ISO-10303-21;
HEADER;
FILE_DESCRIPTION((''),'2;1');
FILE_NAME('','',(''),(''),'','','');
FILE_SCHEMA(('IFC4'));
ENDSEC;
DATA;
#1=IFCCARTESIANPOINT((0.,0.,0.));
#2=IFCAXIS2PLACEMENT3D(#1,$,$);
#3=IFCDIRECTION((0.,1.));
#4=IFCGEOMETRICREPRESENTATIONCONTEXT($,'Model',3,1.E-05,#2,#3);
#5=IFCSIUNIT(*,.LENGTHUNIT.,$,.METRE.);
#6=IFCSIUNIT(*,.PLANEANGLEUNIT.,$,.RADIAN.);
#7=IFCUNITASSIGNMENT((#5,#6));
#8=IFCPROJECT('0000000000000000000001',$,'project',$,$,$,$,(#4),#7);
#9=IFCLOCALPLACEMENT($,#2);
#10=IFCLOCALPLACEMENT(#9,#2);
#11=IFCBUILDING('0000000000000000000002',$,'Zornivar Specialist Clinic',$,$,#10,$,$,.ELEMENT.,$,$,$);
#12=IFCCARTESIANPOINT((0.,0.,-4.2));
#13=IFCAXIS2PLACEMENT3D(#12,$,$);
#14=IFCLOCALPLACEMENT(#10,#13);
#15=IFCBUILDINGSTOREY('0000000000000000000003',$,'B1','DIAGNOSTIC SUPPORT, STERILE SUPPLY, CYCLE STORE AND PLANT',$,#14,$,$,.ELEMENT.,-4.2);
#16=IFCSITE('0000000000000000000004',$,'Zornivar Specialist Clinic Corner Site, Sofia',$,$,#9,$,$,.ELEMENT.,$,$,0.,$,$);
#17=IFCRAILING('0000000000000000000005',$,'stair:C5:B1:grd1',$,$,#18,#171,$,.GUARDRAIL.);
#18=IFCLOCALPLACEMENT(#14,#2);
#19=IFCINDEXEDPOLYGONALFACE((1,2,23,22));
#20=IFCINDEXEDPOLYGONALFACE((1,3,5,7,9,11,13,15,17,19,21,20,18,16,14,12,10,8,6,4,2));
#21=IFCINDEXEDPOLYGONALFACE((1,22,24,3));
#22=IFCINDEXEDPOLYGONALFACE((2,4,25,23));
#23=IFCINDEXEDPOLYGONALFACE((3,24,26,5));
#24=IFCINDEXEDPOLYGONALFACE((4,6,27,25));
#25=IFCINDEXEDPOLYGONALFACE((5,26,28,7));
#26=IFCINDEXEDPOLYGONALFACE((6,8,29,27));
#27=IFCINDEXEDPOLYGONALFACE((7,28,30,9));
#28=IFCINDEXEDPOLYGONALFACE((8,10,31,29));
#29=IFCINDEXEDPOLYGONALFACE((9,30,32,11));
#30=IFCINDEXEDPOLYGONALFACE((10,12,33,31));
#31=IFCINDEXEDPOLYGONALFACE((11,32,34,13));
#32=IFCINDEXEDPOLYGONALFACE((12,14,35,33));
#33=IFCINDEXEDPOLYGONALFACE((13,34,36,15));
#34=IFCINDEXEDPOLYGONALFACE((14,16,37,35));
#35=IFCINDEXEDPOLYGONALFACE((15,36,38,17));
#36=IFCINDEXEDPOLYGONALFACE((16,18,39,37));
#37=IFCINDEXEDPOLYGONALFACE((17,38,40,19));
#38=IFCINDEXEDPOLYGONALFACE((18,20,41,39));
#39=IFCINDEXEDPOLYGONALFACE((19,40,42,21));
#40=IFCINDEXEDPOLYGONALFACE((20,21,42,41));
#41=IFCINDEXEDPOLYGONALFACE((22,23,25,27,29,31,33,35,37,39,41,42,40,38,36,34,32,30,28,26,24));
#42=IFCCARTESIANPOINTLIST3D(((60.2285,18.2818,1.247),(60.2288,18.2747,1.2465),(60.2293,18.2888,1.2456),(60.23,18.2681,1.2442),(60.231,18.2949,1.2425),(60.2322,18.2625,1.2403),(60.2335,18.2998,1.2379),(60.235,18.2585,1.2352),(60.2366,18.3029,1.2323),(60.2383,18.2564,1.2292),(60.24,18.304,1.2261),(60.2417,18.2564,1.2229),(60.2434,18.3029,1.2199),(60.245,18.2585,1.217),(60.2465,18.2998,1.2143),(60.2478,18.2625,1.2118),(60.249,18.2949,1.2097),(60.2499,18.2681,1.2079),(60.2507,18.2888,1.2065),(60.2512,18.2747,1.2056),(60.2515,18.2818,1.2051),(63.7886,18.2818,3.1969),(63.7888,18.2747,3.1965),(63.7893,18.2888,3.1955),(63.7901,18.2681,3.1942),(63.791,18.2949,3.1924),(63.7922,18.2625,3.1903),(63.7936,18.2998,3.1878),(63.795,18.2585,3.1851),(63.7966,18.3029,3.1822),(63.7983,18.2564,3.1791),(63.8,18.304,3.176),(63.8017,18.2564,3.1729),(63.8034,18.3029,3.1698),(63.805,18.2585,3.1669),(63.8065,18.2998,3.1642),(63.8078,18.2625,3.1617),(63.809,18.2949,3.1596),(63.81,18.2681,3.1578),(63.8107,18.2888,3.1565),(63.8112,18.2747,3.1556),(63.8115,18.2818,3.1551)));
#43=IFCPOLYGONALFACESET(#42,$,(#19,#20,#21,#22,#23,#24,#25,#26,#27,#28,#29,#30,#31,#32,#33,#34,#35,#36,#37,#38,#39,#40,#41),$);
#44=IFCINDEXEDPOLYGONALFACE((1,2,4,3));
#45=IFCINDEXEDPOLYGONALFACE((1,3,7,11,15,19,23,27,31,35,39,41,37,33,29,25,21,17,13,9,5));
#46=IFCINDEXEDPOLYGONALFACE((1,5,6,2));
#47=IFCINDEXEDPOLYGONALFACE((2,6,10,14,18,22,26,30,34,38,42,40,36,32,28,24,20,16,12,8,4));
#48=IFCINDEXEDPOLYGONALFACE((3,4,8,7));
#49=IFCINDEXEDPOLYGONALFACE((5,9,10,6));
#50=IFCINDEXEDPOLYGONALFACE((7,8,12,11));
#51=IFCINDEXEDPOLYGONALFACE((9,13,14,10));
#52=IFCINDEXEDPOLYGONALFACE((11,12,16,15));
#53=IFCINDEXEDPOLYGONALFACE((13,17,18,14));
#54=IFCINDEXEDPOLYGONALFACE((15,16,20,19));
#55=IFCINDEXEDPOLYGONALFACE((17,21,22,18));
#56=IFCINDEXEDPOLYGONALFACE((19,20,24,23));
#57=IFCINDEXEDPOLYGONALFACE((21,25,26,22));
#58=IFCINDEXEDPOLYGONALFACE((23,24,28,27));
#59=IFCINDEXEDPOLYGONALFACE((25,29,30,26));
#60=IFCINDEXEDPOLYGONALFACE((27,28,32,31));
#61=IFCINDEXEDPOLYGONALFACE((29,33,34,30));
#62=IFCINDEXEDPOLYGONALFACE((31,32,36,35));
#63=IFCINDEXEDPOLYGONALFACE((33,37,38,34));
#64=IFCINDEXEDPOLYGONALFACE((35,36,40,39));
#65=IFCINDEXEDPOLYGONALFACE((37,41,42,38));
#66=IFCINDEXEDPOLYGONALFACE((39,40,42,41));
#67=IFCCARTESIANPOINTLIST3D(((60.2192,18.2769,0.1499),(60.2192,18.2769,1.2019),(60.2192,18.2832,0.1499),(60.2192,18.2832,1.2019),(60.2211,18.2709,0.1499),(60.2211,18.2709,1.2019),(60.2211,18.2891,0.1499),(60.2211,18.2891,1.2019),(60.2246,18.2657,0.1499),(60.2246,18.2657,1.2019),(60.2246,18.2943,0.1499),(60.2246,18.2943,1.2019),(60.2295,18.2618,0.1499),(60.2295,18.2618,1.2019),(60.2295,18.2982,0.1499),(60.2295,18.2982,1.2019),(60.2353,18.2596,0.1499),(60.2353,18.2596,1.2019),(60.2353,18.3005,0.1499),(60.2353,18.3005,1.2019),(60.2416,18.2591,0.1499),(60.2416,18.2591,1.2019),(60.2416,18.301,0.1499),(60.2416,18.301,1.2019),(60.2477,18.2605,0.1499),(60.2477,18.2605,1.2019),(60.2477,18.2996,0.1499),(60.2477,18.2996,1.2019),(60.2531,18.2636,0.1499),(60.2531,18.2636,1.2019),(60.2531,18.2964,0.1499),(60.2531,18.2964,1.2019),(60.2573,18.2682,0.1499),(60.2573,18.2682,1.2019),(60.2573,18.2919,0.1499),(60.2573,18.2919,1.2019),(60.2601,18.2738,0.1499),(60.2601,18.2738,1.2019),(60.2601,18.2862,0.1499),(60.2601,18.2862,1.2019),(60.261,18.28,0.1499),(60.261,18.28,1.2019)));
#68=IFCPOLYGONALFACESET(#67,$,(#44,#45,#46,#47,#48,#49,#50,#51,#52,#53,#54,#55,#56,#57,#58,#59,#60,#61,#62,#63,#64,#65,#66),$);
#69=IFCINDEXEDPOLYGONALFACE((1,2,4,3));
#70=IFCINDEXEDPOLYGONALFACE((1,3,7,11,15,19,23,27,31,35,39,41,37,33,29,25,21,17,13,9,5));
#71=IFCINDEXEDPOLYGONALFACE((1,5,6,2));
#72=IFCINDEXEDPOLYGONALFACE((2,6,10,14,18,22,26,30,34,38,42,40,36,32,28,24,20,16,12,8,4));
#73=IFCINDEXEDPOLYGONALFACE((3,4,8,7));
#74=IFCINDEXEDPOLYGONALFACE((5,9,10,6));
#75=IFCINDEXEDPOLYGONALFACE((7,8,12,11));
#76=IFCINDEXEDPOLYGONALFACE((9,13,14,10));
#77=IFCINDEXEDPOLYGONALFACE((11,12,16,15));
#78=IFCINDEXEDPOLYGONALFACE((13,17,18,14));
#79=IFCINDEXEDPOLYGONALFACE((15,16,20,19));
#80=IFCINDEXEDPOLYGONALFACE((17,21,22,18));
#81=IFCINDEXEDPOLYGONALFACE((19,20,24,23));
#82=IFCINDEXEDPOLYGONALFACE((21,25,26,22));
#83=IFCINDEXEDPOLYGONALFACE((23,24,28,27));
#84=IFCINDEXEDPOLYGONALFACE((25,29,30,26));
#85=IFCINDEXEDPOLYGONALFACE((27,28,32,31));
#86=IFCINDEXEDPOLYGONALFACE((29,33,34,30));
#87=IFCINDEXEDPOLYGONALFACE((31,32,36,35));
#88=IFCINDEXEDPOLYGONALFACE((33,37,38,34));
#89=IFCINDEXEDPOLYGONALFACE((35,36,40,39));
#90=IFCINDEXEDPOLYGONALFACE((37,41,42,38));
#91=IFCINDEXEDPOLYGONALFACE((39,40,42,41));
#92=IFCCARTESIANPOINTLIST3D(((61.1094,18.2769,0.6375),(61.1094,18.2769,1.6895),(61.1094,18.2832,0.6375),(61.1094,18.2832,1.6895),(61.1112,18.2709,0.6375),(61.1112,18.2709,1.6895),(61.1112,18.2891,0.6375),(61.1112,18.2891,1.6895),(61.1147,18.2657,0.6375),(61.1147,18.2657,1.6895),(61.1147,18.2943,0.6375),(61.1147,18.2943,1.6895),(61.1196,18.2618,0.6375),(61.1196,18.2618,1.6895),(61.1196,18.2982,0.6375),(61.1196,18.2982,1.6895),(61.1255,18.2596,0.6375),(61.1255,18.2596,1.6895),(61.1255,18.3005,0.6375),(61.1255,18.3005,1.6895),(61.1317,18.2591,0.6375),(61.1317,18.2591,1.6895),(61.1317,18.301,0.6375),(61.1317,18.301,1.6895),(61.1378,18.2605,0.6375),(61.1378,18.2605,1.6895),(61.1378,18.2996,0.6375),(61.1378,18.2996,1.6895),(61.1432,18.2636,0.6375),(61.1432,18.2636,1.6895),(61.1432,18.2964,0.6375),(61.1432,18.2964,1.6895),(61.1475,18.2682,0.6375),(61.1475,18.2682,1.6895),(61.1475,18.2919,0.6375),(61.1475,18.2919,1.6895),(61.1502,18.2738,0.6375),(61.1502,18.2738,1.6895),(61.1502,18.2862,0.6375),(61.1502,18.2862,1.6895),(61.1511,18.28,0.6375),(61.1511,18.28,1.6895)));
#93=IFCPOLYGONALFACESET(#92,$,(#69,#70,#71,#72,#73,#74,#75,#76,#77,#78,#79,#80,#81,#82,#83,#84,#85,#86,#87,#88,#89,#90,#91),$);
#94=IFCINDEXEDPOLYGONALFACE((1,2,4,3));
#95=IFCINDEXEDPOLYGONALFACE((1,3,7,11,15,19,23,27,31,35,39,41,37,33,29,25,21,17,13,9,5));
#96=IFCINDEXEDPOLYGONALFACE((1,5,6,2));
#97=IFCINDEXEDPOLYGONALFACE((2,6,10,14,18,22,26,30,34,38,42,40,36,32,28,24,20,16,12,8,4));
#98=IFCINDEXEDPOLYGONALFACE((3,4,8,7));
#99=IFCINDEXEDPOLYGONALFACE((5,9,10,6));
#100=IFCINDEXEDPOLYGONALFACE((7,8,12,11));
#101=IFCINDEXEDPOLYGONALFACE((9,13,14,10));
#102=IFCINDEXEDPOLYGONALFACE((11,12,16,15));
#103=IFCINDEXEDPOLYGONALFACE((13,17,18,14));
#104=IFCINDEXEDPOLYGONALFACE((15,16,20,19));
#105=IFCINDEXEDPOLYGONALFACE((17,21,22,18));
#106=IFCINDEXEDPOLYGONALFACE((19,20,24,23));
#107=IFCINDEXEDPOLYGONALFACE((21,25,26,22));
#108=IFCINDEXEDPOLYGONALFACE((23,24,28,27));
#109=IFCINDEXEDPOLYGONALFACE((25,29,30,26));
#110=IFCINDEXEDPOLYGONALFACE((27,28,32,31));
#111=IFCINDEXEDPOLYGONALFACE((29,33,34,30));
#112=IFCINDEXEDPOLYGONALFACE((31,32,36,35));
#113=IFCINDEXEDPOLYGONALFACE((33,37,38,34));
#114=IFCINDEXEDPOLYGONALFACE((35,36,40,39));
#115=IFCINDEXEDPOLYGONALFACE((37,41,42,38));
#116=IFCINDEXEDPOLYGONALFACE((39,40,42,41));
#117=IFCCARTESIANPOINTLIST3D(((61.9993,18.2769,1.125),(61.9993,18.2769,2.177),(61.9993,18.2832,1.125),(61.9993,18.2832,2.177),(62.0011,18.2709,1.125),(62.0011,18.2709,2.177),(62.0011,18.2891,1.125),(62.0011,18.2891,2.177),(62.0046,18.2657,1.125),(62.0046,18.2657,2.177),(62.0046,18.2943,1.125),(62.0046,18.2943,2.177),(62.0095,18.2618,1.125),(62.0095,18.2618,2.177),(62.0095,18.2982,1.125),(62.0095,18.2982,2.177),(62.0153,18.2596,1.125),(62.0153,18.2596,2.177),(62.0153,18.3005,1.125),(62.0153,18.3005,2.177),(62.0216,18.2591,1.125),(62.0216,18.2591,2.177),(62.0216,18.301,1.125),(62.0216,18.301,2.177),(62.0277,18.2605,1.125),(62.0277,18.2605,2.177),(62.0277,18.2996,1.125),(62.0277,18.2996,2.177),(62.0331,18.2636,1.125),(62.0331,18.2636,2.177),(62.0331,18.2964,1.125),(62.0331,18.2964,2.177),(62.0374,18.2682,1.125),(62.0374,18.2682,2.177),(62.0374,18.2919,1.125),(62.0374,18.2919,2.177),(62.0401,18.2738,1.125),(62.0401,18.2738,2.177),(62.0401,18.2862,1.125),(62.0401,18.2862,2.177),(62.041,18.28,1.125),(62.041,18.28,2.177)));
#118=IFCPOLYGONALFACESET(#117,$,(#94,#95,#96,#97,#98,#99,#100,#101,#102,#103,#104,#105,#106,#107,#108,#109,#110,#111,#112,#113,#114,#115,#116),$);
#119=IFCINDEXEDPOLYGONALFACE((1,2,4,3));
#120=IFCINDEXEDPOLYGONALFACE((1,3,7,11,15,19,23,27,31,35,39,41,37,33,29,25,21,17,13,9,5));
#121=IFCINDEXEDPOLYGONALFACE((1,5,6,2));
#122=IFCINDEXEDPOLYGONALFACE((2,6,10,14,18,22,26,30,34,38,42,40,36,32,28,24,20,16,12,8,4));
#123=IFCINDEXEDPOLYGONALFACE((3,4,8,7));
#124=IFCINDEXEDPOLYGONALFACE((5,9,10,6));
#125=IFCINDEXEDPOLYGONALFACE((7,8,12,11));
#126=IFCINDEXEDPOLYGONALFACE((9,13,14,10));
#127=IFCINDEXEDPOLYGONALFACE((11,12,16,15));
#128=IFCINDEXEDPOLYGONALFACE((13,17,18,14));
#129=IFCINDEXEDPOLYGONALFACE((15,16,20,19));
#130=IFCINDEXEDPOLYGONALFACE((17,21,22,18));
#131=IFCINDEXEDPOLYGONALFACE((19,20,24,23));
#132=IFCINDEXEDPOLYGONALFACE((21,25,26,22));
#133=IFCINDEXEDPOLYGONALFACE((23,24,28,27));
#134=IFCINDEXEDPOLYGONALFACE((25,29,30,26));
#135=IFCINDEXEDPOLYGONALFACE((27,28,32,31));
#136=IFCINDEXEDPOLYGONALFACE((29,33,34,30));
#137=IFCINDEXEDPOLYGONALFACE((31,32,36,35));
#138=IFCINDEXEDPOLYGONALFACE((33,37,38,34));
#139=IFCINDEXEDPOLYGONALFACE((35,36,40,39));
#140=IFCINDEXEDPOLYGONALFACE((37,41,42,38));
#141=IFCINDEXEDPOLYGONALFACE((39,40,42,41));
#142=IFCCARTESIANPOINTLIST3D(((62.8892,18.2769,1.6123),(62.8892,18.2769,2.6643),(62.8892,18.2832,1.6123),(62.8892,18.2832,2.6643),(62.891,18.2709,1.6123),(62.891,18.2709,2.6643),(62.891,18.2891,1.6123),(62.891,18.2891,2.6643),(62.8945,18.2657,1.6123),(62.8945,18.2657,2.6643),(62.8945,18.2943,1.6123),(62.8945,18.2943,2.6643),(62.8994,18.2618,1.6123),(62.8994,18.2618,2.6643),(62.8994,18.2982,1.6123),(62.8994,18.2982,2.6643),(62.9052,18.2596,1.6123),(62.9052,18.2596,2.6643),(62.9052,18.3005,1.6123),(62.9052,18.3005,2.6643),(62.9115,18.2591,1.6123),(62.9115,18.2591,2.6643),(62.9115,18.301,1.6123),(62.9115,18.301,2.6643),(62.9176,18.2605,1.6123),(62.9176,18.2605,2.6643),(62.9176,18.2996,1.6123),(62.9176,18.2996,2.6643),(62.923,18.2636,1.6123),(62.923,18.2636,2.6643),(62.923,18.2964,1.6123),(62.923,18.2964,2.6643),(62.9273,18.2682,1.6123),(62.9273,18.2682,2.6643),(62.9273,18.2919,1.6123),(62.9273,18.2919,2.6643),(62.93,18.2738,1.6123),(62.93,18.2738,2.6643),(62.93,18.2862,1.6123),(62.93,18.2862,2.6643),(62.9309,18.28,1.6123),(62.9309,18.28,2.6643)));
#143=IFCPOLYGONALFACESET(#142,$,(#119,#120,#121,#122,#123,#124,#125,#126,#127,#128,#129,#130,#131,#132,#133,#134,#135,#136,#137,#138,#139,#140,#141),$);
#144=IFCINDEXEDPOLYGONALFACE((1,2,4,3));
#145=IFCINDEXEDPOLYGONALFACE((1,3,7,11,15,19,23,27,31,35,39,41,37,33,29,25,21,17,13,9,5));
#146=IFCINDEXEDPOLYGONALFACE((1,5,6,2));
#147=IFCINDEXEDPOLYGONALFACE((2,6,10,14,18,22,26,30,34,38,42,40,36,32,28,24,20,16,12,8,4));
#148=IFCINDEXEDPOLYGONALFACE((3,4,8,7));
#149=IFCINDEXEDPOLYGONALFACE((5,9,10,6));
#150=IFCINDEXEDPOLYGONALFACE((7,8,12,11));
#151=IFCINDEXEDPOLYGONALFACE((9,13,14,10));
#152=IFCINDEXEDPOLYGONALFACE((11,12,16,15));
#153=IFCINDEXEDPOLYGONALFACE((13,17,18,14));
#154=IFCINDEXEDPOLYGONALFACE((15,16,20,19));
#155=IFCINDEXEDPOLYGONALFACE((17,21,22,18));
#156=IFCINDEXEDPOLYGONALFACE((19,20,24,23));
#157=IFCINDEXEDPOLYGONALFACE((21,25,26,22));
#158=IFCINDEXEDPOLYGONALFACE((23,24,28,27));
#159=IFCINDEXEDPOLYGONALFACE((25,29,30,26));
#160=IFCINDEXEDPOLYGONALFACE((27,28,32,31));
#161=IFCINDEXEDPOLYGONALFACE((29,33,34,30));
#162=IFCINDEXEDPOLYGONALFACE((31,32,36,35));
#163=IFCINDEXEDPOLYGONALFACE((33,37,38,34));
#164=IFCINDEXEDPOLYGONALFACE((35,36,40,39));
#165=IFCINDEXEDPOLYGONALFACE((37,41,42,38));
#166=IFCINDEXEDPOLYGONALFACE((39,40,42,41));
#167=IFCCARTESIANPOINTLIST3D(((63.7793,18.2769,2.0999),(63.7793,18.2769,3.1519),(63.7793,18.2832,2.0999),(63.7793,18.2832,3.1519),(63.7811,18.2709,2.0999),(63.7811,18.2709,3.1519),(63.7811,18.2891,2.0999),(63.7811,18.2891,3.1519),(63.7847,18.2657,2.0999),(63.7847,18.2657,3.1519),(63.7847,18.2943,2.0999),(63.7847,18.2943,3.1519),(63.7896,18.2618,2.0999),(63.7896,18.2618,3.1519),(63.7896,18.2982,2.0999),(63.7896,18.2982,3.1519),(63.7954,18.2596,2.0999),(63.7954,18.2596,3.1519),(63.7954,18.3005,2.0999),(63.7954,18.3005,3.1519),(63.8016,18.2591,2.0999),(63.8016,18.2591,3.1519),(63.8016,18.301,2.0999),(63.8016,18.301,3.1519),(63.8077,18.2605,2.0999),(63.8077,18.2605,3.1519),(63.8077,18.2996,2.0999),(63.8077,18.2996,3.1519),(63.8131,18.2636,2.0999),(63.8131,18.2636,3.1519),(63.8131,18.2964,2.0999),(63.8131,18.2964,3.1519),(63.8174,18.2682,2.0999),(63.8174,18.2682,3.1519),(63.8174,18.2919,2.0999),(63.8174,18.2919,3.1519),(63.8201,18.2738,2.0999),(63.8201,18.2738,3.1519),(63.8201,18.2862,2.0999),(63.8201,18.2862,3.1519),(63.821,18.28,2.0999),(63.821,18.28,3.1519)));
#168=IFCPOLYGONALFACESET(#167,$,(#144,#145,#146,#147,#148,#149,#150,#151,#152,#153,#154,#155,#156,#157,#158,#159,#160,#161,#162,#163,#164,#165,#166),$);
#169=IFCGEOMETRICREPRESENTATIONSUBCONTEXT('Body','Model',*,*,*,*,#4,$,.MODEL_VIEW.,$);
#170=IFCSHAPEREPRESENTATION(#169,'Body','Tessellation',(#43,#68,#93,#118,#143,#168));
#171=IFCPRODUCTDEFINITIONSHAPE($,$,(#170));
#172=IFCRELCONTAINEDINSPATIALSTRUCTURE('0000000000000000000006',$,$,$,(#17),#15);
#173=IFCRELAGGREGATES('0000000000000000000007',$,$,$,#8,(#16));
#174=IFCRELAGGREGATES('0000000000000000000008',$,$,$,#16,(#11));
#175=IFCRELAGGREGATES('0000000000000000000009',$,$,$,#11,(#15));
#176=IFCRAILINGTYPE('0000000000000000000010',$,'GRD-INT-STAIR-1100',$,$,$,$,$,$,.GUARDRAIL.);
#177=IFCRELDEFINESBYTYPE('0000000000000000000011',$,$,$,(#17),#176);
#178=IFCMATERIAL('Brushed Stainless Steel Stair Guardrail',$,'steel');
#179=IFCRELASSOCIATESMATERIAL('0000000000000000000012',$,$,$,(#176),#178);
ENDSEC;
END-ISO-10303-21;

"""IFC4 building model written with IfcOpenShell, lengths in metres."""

from ifc_helpers import new_model, si_unit, direction, frame, origin, origin_2d, place, context, subcontext, project, spatial, circle, extrude, material, type_object, element, save


model = new_model("IFC4")

# Units and contexts
model_context = context("Model", 3, precision=1e-05, world=origin(), true_north=direction((0.0, 1.0)))
body_context = subcontext(model_context, "Body", "Model", "MODEL_VIEW")
ifc_project = project(units=[si_unit("LENGTHUNIT", "METRE"), si_unit("PLANEANGLEUNIT", "RADIAN")], contexts=[model_context])

# Site, building, storey
site_placement = place(None, origin())
site = spatial("IfcSite", under=ifc_project, at=site_placement, Name="Zornivar Specialist Clinic Corner Site, Sofia", CompositionType="ELEMENT", RefElevation=0.0)
building_placement = place(site_placement, origin())
building = spatial("IfcBuilding", under=site, at=building_placement, Name="Zornivar Specialist Clinic", CompositionType="ELEMENT")
storey_placement = place(building_placement, frame((0.0, 0.0, -4.2)))
storey = spatial("IfcBuildingStorey", under=building, at=storey_placement, Name="B1", Description="DIAGNOSTIC SUPPORT, STERILE SUPPLY, CYCLE STORE AND PLANT", CompositionType="ELEMENT", Elevation=-4.2)

# Railing
ifc_material_1 = material(Name="Brushed Stainless Steel Stair Guardrail", Category="steel")
railing_type_1 = type_object("IfcRailingType", Name="GRD-INT-STAIR-1100", PredefinedType="GUARDRAIL", material=ifc_material_1)
railing_1_placement = place(storey_placement, frame((60.24, 18.28, 0.1499)))
element("IfcRailing", 1, at=railing_1_placement, inside=storey, type_object=railing_type_1, Name="stair:C5:B1:grd1", PredefinedType="GUARDRAIL", context=body_context, shape_type="SweptSolid", body=[
    extrude(circle(Radius=0.0239, at=origin_2d()), frame((0.0, 0.0, 1.0762), z_axis=(0.877055, 0.0, 0.48039), x_axis=(0.0, 1.0, 0.0)), (0.0, 0.0, 1.0), 4.0591),
    extrude(circle(Radius=0.021, at=origin_2d()), origin(), (0.0, 0.0, 1.0), 1.052),
    extrude(circle(Radius=0.021, at=origin_2d()), frame((0.8901, 0.0, 0.4875)), (0.0, 0.0, 1.0), 1.052),
    extrude(circle(Radius=0.021, at=origin_2d()), frame((1.78, 0.0, 0.9751)), (0.0, 0.0, 1.0), 1.052),
    extrude(circle(Radius=0.021, at=origin_2d()), frame((2.6699, 0.0, 1.4624)), (0.0, 0.0, 1.0), 1.052),
    extrude(circle(Radius=0.021, at=origin_2d()), frame((3.5601, 0.0, 1.95)), (0.0, 0.0, 1.0), 1.052),
])

save(model, "model.ifc")
